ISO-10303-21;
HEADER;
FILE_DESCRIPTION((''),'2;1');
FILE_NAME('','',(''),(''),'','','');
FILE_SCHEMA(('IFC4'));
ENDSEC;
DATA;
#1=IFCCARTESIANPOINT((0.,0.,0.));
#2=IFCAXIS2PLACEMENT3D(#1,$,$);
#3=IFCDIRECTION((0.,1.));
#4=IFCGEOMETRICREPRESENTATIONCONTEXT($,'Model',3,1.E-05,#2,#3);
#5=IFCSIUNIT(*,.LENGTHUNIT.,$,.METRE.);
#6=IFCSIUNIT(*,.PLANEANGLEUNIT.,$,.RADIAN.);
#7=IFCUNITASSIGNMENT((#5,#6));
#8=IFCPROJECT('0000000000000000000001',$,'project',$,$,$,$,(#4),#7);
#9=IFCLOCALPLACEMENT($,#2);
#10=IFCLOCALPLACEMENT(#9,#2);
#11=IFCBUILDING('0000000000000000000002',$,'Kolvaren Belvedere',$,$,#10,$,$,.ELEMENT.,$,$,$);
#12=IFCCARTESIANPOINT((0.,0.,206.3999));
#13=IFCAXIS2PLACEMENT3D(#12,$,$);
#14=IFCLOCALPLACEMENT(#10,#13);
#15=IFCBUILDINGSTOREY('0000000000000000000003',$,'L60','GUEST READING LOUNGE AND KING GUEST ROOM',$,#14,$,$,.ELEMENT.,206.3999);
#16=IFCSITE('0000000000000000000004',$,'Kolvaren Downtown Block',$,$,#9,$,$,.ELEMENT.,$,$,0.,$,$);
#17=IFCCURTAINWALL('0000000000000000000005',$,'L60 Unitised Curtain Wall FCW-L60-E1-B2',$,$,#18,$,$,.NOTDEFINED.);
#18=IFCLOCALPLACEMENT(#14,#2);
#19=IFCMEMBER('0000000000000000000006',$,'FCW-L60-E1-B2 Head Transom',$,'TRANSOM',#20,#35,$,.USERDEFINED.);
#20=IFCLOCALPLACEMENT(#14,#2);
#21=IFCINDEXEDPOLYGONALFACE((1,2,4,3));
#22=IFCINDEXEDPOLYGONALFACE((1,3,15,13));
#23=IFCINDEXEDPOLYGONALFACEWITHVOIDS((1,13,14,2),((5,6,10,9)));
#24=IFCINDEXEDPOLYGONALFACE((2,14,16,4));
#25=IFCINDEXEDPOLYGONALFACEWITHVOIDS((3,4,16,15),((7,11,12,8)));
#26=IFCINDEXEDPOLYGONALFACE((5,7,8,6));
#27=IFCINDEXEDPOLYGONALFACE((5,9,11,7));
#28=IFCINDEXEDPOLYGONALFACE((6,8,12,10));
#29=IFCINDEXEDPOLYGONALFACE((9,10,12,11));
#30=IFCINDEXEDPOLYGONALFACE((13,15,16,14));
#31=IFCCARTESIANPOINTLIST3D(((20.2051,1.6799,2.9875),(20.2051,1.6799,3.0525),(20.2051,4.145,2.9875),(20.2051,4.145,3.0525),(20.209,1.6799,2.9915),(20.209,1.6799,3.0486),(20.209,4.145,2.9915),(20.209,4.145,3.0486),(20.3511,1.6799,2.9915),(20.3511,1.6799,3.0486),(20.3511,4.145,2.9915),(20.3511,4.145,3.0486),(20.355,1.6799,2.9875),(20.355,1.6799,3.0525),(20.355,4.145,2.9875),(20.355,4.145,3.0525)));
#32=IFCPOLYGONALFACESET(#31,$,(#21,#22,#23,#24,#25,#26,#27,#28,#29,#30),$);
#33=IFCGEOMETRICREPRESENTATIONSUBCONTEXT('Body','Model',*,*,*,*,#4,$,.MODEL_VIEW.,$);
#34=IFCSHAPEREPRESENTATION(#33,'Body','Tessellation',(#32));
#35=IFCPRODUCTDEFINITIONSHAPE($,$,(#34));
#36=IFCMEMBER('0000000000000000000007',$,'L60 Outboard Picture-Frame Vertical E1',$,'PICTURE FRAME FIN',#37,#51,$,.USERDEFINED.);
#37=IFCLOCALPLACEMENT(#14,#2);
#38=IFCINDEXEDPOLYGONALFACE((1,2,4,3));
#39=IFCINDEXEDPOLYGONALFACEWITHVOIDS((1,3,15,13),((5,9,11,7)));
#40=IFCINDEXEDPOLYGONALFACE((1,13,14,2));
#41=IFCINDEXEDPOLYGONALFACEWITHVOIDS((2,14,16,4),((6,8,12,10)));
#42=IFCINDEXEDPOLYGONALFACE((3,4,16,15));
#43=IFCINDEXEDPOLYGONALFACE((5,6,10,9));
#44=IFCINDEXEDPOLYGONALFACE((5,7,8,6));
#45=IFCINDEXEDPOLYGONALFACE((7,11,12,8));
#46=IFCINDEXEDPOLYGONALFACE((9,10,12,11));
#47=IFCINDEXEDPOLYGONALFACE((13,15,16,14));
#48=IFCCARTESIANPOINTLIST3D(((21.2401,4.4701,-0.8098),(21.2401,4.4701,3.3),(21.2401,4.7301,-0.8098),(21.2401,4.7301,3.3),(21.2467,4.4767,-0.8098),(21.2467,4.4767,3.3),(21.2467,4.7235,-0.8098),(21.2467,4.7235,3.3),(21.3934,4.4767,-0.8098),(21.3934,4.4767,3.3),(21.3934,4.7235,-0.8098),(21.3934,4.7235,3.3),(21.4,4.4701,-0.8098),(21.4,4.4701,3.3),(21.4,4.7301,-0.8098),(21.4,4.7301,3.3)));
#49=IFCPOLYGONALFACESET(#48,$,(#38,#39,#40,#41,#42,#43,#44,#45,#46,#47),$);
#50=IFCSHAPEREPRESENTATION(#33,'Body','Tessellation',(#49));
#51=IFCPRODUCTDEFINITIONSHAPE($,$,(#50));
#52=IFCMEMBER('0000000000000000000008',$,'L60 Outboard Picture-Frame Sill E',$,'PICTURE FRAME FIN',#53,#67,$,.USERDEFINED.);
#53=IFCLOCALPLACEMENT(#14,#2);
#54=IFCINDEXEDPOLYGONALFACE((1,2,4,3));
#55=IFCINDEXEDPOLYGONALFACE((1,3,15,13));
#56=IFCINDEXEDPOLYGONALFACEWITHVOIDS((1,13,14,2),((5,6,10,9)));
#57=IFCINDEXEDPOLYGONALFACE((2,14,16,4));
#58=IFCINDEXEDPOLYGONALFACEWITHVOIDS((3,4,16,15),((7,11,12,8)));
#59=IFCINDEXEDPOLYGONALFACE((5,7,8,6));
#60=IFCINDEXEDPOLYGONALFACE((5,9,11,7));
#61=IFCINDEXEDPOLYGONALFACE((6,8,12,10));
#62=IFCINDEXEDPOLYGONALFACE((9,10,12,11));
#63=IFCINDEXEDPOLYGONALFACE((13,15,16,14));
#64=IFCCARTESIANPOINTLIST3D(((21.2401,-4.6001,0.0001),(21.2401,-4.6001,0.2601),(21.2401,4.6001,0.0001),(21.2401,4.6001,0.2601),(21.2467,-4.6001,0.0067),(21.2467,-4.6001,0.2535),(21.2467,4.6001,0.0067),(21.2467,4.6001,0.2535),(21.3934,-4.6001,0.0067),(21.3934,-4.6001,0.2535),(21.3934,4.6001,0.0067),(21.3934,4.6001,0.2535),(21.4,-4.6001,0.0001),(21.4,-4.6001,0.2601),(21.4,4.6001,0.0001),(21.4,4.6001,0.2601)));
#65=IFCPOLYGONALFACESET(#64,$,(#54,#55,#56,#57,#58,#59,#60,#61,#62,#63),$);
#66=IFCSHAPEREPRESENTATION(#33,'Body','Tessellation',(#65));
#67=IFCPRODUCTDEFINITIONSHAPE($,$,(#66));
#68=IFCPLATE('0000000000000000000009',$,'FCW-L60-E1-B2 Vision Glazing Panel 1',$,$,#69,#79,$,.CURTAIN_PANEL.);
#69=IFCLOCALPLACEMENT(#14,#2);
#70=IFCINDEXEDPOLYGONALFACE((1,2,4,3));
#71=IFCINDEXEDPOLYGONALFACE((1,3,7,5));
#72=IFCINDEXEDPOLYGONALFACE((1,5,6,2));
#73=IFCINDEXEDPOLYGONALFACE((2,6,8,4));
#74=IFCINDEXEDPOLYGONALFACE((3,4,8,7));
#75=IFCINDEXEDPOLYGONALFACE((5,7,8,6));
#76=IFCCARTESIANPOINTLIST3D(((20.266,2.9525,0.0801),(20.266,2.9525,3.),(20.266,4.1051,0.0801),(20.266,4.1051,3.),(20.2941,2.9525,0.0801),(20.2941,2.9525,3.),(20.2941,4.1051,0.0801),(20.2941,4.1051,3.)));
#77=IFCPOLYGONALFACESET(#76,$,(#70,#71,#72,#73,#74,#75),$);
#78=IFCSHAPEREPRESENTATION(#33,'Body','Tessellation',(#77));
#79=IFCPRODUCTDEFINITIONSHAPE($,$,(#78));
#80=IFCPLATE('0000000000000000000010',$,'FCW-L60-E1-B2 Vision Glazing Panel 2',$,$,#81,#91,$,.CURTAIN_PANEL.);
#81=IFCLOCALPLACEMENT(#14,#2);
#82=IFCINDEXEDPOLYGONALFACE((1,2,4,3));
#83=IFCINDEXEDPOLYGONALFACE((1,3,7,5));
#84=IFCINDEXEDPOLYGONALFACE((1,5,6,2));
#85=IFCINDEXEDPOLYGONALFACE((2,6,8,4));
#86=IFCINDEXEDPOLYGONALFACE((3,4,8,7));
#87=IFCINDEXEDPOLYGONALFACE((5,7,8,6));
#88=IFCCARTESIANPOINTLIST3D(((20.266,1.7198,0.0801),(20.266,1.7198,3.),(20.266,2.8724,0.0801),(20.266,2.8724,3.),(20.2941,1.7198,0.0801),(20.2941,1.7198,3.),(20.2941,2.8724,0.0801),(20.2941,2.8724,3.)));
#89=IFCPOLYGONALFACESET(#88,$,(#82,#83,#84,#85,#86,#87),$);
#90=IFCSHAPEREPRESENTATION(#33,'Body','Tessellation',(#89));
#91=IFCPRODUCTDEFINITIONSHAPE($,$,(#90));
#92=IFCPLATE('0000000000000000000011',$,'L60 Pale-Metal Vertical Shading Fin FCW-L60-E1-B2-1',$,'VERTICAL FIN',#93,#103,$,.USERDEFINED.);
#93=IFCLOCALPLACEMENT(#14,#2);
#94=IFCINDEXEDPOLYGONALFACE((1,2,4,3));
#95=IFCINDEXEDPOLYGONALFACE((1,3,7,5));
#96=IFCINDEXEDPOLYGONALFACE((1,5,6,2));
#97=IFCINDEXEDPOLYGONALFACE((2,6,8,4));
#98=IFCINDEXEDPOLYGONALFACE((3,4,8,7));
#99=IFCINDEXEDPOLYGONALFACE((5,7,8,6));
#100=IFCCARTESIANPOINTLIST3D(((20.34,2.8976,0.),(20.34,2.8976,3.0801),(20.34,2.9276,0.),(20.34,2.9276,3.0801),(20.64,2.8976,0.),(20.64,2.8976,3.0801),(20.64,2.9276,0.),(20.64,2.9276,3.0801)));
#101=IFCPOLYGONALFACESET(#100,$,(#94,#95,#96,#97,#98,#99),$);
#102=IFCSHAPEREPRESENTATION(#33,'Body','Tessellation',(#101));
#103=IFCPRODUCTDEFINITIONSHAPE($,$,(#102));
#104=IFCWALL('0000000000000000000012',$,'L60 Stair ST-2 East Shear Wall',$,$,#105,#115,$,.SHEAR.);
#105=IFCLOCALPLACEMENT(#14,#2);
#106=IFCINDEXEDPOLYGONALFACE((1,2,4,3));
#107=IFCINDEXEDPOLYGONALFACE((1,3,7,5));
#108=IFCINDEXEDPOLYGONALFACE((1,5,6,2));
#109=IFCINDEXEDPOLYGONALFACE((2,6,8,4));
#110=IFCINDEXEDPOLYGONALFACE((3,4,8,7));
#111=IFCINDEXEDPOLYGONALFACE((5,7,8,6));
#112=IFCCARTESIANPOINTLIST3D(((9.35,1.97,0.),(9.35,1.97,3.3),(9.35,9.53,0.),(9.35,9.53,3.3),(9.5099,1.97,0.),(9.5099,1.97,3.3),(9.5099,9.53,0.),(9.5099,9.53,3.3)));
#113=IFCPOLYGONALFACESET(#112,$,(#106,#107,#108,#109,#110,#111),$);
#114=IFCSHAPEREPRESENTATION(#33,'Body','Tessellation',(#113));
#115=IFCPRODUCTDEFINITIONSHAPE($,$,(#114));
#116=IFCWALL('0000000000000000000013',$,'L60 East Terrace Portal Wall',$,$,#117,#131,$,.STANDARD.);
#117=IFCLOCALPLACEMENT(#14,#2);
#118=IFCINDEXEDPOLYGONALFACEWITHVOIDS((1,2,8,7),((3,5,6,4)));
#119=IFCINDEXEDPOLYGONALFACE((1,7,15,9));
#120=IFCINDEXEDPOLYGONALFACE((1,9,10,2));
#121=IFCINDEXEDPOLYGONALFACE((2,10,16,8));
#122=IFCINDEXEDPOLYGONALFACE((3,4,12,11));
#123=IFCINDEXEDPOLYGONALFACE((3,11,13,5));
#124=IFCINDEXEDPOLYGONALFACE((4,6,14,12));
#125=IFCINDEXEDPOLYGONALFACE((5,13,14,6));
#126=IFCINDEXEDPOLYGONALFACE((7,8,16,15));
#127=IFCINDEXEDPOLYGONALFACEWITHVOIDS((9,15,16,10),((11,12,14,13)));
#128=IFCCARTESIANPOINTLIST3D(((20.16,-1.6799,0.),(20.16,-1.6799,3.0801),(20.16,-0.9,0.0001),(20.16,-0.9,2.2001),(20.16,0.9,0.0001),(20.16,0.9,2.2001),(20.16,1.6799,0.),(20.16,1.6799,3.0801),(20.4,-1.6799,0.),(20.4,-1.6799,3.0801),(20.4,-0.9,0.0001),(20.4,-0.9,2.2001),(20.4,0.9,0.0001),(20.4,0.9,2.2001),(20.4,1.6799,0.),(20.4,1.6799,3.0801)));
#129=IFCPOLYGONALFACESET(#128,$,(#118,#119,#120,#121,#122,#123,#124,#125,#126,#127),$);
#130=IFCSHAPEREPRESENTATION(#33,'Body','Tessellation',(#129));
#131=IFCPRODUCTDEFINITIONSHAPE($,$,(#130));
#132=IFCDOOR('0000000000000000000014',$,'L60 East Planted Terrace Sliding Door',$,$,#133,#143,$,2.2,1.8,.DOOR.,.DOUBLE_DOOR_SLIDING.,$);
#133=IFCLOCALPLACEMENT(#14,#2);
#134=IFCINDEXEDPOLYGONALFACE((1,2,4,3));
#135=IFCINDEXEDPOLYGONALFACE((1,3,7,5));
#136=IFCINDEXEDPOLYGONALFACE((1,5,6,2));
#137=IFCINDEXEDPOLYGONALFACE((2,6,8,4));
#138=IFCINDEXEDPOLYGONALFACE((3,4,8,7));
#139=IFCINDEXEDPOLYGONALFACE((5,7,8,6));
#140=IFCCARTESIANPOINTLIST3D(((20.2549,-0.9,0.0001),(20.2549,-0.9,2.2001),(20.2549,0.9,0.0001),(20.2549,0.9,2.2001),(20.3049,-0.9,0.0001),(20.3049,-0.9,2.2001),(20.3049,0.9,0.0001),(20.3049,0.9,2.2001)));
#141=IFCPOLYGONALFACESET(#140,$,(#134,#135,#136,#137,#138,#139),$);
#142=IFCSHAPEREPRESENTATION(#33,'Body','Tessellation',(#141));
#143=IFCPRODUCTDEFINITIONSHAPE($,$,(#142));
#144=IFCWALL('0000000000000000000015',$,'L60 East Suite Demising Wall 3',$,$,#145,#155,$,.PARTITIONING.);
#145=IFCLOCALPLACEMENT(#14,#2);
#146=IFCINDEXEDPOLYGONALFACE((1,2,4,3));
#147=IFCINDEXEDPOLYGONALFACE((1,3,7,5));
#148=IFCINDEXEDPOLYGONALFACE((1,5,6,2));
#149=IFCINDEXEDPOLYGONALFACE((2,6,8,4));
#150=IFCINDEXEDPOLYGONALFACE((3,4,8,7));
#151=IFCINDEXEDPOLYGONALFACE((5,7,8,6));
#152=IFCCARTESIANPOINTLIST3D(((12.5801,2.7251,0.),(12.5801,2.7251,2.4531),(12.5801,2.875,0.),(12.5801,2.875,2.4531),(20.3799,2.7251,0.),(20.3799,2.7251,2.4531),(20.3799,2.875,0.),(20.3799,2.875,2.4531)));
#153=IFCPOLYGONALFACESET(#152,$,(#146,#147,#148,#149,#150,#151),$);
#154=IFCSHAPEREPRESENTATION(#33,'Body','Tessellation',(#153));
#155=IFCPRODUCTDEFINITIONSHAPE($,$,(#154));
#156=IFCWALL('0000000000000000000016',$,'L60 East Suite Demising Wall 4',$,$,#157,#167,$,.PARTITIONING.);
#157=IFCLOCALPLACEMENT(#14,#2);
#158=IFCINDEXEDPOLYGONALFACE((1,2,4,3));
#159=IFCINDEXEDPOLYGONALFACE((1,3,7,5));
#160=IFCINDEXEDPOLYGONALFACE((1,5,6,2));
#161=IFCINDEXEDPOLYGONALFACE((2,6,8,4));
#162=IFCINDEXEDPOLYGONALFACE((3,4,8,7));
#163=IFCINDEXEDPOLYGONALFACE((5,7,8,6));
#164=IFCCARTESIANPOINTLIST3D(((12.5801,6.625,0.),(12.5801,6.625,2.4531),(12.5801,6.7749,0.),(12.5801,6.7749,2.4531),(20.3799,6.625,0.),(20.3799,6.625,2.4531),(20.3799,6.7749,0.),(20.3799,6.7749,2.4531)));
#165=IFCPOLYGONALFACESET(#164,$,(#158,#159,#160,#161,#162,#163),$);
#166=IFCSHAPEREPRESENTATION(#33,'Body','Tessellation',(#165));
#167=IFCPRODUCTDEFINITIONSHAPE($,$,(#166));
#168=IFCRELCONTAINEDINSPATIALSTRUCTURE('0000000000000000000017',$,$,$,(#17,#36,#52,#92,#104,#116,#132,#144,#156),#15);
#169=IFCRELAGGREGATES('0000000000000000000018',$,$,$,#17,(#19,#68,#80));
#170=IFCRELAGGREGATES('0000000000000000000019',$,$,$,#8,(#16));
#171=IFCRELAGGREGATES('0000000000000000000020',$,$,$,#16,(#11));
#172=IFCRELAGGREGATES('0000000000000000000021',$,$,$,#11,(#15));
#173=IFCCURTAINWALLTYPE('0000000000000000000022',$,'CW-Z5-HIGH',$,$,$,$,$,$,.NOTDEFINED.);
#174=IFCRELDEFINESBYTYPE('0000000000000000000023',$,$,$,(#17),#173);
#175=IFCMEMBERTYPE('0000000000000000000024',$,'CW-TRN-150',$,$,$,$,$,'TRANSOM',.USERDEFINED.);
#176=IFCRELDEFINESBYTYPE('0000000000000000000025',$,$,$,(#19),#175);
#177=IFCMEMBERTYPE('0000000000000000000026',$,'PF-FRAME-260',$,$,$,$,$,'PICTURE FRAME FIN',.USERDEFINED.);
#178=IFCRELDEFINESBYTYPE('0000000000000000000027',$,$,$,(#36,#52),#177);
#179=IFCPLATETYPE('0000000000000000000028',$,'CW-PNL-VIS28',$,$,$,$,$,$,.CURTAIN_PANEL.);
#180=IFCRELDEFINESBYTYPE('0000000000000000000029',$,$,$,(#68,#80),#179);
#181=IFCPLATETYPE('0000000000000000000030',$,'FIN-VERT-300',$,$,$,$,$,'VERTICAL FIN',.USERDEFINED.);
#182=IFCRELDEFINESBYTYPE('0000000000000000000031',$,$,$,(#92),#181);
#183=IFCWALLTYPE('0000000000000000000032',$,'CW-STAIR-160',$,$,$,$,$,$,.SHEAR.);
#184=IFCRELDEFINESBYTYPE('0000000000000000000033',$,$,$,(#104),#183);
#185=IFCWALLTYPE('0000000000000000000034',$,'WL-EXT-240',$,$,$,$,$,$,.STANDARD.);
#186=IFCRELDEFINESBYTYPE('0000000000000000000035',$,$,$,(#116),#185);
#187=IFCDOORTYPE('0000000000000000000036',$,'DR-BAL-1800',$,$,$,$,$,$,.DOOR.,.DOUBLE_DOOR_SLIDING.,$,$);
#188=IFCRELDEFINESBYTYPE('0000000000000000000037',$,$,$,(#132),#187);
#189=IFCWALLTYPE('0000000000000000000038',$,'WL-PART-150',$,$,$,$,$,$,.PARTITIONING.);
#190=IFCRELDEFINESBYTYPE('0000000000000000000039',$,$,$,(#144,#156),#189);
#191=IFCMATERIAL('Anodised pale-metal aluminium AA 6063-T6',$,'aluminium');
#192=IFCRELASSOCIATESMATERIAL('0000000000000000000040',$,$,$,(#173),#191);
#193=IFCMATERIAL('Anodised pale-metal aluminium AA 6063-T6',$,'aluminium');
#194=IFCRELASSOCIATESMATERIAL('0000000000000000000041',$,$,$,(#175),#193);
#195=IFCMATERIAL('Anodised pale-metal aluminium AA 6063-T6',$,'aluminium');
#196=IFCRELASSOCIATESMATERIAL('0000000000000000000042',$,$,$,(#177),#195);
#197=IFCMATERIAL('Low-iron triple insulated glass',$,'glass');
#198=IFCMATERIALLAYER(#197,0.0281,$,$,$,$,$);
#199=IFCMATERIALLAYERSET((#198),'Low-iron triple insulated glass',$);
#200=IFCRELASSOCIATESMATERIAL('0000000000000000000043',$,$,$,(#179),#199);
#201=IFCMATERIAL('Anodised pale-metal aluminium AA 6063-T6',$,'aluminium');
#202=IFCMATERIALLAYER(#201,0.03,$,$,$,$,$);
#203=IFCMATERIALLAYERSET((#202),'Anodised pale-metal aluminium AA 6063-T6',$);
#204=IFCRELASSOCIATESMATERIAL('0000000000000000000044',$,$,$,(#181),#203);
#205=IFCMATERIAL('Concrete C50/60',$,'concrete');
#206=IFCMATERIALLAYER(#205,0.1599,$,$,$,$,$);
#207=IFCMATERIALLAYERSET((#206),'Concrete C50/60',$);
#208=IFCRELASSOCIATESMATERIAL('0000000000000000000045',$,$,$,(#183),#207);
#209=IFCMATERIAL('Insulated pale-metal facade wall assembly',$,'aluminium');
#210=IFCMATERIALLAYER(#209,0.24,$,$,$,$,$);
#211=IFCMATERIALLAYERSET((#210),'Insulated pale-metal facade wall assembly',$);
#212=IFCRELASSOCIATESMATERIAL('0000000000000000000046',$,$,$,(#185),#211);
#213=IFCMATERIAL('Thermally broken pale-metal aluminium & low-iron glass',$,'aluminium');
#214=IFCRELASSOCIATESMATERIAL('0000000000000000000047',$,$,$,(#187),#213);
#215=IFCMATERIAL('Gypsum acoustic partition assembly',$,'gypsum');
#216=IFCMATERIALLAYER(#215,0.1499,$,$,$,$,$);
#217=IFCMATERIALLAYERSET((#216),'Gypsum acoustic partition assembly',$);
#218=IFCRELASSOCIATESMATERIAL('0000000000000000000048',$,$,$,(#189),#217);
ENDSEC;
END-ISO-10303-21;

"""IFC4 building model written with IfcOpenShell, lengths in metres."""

from ifc_helpers import new_model, si_unit, direction, frame, frame_2d, origin, origin_2d, place, context, subcontext, project, spatial, rectangle, hollow_rectangle, extrude, material, layer, layer_set, material_profile, profile_set, type_object, element, fill, aggregate, save


model = new_model("IFC4")

# Units and contexts
model_context = context("Model", 3, precision=1e-05, world=origin(), true_north=direction((0.0, 1.0)))
body_context = subcontext(model_context, "Body", "Model", "MODEL_VIEW")
ifc_project = project(units=[si_unit("LENGTHUNIT", "METRE"), si_unit("PLANEANGLEUNIT", "RADIAN")], contexts=[model_context])

# Site, building, storey
site_placement = place(None, origin())
site = spatial("IfcSite", under=ifc_project, at=site_placement, Name="Kolvaren Downtown Block", CompositionType="ELEMENT", RefElevation=0.0)
building_placement = place(site_placement, origin())
building = spatial("IfcBuilding", under=site, at=building_placement, Name="Kolvaren Belvedere", CompositionType="ELEMENT")
storey_placement = place(building_placement, frame((0.0, 0.0, 206.3999)))
storey = spatial("IfcBuildingStorey", under=building, at=storey_placement, Name="L60", Description="GUEST READING LOUNGE AND KING GUEST ROOM", CompositionType="ELEMENT", Elevation=206.3999)

# Shared definitions
ifc_material_1 = material(Name="Anodised pale-metal aluminium AA 6063-T6", Category="aluminium")
curtain_wall_type = type_object("IfcCurtainWallType", Name="CW-Z5-HIGH", PredefinedType="NOTDEFINED", material=ifc_material_1)

# Curtain wall, member
curtain_wall_1_placement = place(storey_placement, origin())
curtain_wall_1 = element("IfcCurtainWall", 1, at=curtain_wall_1_placement, inside=storey, type_object=curtain_wall_type, Name="L60 Unitised Curtain Wall FCW-L60-E1-B2", PredefinedType="NOTDEFINED")
ifc_material_2 = material(Name="Anodised pale-metal aluminium AA 6063-T6", Category="aluminium")
ifc_material_profile_1 = material_profile(ifc_material_2, hollow_rectangle(XDim=0.0649, YDim=0.1499, WallThickness=0.0039, at=origin_2d()), Name="ALU-TRN-150X65")
ifc_profile_set_1 = profile_set([ifc_material_profile_1], Name="Anodised pale-metal aluminium AA 6063-T6")
member_type_1 = type_object("IfcMemberType", Name="CW-TRN-150", ElementType="TRANSOM", PredefinedType="USERDEFINED", material=ifc_profile_set_1)
member_1_placement = place(storey_placement, frame((20.28, 4.145, 3.02), z_axis=(0.0, -1.0, 0.0), x_axis=(0.0, 0.0, 1.0)))
member_1 = element("IfcMember", 2, at=member_1_placement, type_object=member_type_1, Name="FCW-L60-E1-B2 Head Transom", ObjectType="TRANSOM", PredefinedType="USERDEFINED", context=body_context, shape_type="SweptSolid", body=[
    extrude(hollow_rectangle(XDim=0.0649, YDim=0.1499, WallThickness=0.0039, at=origin_2d()), origin(), (0.0, 0.0, 1.0), 2.4651),
])

# Members
ifc_material_3 = material(Name="Anodised pale-metal aluminium AA 6063-T6", Category="aluminium")
ifc_material_profile_2 = material_profile(ifc_material_3, hollow_rectangle(XDim=0.1599, YDim=0.26, WallThickness=0.0066, at=origin_2d()), Name="ALU-PF-260X160")
ifc_profile_set_2 = profile_set([ifc_material_profile_2], Name="Anodised pale-metal aluminium AA 6063-T6")
member_type_2 = type_object("IfcMemberType", Name="PF-FRAME-260", ElementType="PICTURE FRAME FIN", PredefinedType="USERDEFINED", material=ifc_profile_set_2)
member_2_placement = place(storey_placement, frame((21.3201, 4.6001, -0.8098), z_axis=(0.0, 0.0, 1.0), x_axis=(1.0, 0.0, 0.0)))
element("IfcMember", 3, at=member_2_placement, inside=storey, type_object=member_type_2, Name="L60 Outboard Picture-Frame Vertical E1", ObjectType="PICTURE FRAME FIN", PredefinedType="USERDEFINED", context=body_context, shape_type="SweptSolid", body=[
    extrude(hollow_rectangle(XDim=0.1599, YDim=0.26, WallThickness=0.0066, at=origin_2d()), origin(), (0.0, 0.0, 1.0), 4.1099),
])
member_3_placement = place(storey_placement, frame((21.3201, 4.6001, 0.1301), z_axis=(0.0, -1.0, 0.0), x_axis=(1.0, 0.0, 0.0)))
element("IfcMember", 4, at=member_3_placement, inside=storey, type_object=member_type_2, Name="L60 Outboard Picture-Frame Sill E", ObjectType="PICTURE FRAME FIN", PredefinedType="USERDEFINED", context=body_context, shape_type="SweptSolid", body=[
    extrude(hollow_rectangle(XDim=0.1599, YDim=0.26, WallThickness=0.0066, at=origin_2d()), origin(), (0.0, 0.0, 1.0), 9.2002),
])

# Plates
ifc_material_4 = material(Name="Low-iron triple insulated glass", Category="glass")
ifc_layer_1 = layer(ifc_material_4, 0.0281)
ifc_layer_set_1 = layer_set([ifc_layer_1], Name="Low-iron triple insulated glass")
plate_type_1 = type_object("IfcPlateType", Name="CW-PNL-VIS28", PredefinedType="CURTAIN_PANEL", material=ifc_layer_set_1)
plate_1_placement = place(storey_placement, frame((20.28, 3.5288, 0.0801), z_axis=(0.0, 0.0, 1.0), x_axis=(0.0, -1.0, 0.0)))
plate_1 = element("IfcPlate", 5, at=plate_1_placement, type_object=plate_type_1, Name="FCW-L60-E1-B2 Vision Glazing Panel 1", PredefinedType="CURTAIN_PANEL", context=body_context, shape_type="SweptSolid", body=[
    extrude(rectangle(XDim=1.1526, YDim=0.0281, at=origin_2d()), origin(), (0.0, 0.0, 1.0), 2.9199),
])
plate_2_placement = place(storey_placement, frame((20.28, 2.2961, 0.0801), z_axis=(0.0, 0.0, 1.0), x_axis=(0.0, -1.0, 0.0)))
plate_2 = element("IfcPlate", 6, at=plate_2_placement, type_object=plate_type_1, Name="FCW-L60-E1-B2 Vision Glazing Panel 2", PredefinedType="CURTAIN_PANEL", context=body_context, shape_type="SweptSolid", body=[
    extrude(rectangle(XDim=1.1526, YDim=0.0281, at=origin_2d()), origin(), (0.0, 0.0, 1.0), 2.9199),
])
aggregate(curtain_wall_1, [member_1, plate_1, plate_2])
ifc_material_5 = material(Name="Anodised pale-metal aluminium AA 6063-T6", Category="aluminium")
ifc_layer_2 = layer(ifc_material_5, 0.03)
ifc_layer_set_2 = layer_set([ifc_layer_2], Name="Anodised pale-metal aluminium AA 6063-T6")
plate_type_2 = type_object("IfcPlateType", Name="FIN-VERT-300", ElementType="VERTICAL FIN", PredefinedType="USERDEFINED", material=ifc_layer_set_2)
plate_3_placement = place(storey_placement, frame((20.49, 2.9126, 0.0), z_axis=(0.0, 0.0, 1.0), x_axis=(1.0, 0.0, 0.0)))
element("IfcPlate", 7, at=plate_3_placement, inside=storey, type_object=plate_type_2, Name="L60 Pale-Metal Vertical Shading Fin FCW-L60-E1-B2-1", ObjectType="VERTICAL FIN", PredefinedType="USERDEFINED", context=body_context, shape_type="SweptSolid", body=[
    extrude(rectangle(XDim=0.3, YDim=0.03, at=origin_2d()), origin(), (0.0, 0.0, 1.0), 3.0801),
])

# Wall
ifc_material_6 = material(Name="Concrete C50/60", Category="concrete")
ifc_layer_3 = layer(ifc_material_6, 0.1599)
ifc_layer_set_3 = layer_set([ifc_layer_3], Name="Concrete C50/60")
wall_type_1 = type_object("IfcWallType", Name="CW-STAIR-160", PredefinedType="SHEAR", material=ifc_layer_set_3)
wall_1_placement = place(storey_placement, frame((9.4299, 1.97, 0.0), z_axis=(0.0, 0.0, 1.0), x_axis=(0.0, 1.0, 0.0)))
element("IfcWall", 8, at=wall_1_placement, inside=storey, type_object=wall_type_1, Name="L60 Stair ST-2 East Shear Wall", PredefinedType="SHEAR", context=body_context, shape_type="SweptSolid", body=[
    extrude(rectangle(XDim=7.5601, YDim=0.1599, at=frame_2d((3.78, 0.0))), origin(), (0.0, 0.0, 1.0), 3.3),
])

# Wall, opening, door
ifc_material_7 = material(Name="Insulated pale-metal facade wall assembly", Category="aluminium")
ifc_layer_4 = layer(ifc_material_7, 0.24)
ifc_layer_set_4 = layer_set([ifc_layer_4], Name="Insulated pale-metal facade wall assembly")
wall_type_2 = type_object("IfcWallType", Name="WL-EXT-240", PredefinedType="STANDARD", material=ifc_layer_set_4)
wall_2_placement = place(storey_placement, frame((20.28, 1.6799, 0.0), z_axis=(0.0, 0.0, 1.0), x_axis=(0.0, -1.0, 0.0)))
wall_2 = element("IfcWall", 9, at=wall_2_placement, inside=storey, type_object=wall_type_2, Name="L60 East Terrace Portal Wall", PredefinedType="STANDARD", context=body_context, shape_type="SweptSolid", body=[
    extrude(rectangle(XDim=3.3599, YDim=0.24, at=frame_2d((1.6799, 0.0))), origin(), (0.0, 0.0, 1.0), 3.0801),
])
opening_placement = place(wall_2_placement, frame((0.78, 0.0, 0.0)))
opening = element("IfcOpeningElement", 10, at=opening_placement, cuts=wall_2, PredefinedType="OPENING", context=body_context, shape_type="SweptSolid", body=[
    extrude(rectangle(XDim=1.8, YDim=2.2, at=frame_2d((0.8999, 1.1001))), frame((0.0, 0.1299, 0.0), z_axis=(0.0, -1.0, 0.0), x_axis=(1.0, 0.0, 0.0)), (0.0, 0.0, 1.0), 0.26),
])
ifc_material_8 = material(Name="Thermally broken pale-metal aluminium & low-iron glass", Category="aluminium")
door_type = type_object("IfcDoorType", Name="DR-BAL-1800", OperationType="DOUBLE_DOOR_SLIDING", PredefinedType="DOOR", material=ifc_material_8)
door_placement = place(opening_placement, origin())
door = element("IfcDoor", 11, at=door_placement, inside=storey, type_object=door_type, Name="L60 East Planted Terrace Sliding Door", OperationType="DOUBLE_DOOR_SLIDING", OverallHeight=2.2, OverallWidth=1.8, PredefinedType="DOOR", context=body_context, shape_type="SweptSolid", body=[
    extrude(rectangle(XDim=1.8, YDim=2.2, at=frame_2d((0.8999, 1.1001))), frame((0.0, 0.0249, 0.0), z_axis=(0.0, -1.0, 0.0), x_axis=(1.0, 0.0, 0.0)), (0.0, 0.0, 1.0), 0.05),
])
fill(opening, door)

# Walls
ifc_material_9 = material(Name="Gypsum acoustic partition assembly", Category="gypsum")
ifc_layer_5 = layer(ifc_material_9, 0.1499)
ifc_layer_set_5 = layer_set([ifc_layer_5], Name="Gypsum acoustic partition assembly")
wall_type_3 = type_object("IfcWallType", Name="WL-PART-150", PredefinedType="PARTITIONING", material=ifc_layer_set_5)
for number, where, z_axis, x_axis, name in (
    (12, (12.5801, 2.8, 0.0), (0.0, 0.0, 1.0), (1.0, 0.0, 0.0), "L60 East Suite Demising Wall 3"),
    (13, (12.5801, 6.7, 0.0), (0.0, 0.0, 1.0), (1.0, 0.0, 0.0), "L60 East Suite Demising Wall 4"),
):
    element("IfcWall", number, at=place(storey_placement, frame(where, z_axis=z_axis, x_axis=x_axis)), inside=storey, type_object=wall_type_3, Name=name, PredefinedType="PARTITIONING", context=body_context, shape_type="SweptSolid", body=[
        extrude(rectangle(XDim=7.7998, YDim=0.1499, at=frame_2d((3.8999, 0.0))), origin(), (0.0, 0.0, 1.0), 2.4531),
    ])

save(model, "model.ifc")
